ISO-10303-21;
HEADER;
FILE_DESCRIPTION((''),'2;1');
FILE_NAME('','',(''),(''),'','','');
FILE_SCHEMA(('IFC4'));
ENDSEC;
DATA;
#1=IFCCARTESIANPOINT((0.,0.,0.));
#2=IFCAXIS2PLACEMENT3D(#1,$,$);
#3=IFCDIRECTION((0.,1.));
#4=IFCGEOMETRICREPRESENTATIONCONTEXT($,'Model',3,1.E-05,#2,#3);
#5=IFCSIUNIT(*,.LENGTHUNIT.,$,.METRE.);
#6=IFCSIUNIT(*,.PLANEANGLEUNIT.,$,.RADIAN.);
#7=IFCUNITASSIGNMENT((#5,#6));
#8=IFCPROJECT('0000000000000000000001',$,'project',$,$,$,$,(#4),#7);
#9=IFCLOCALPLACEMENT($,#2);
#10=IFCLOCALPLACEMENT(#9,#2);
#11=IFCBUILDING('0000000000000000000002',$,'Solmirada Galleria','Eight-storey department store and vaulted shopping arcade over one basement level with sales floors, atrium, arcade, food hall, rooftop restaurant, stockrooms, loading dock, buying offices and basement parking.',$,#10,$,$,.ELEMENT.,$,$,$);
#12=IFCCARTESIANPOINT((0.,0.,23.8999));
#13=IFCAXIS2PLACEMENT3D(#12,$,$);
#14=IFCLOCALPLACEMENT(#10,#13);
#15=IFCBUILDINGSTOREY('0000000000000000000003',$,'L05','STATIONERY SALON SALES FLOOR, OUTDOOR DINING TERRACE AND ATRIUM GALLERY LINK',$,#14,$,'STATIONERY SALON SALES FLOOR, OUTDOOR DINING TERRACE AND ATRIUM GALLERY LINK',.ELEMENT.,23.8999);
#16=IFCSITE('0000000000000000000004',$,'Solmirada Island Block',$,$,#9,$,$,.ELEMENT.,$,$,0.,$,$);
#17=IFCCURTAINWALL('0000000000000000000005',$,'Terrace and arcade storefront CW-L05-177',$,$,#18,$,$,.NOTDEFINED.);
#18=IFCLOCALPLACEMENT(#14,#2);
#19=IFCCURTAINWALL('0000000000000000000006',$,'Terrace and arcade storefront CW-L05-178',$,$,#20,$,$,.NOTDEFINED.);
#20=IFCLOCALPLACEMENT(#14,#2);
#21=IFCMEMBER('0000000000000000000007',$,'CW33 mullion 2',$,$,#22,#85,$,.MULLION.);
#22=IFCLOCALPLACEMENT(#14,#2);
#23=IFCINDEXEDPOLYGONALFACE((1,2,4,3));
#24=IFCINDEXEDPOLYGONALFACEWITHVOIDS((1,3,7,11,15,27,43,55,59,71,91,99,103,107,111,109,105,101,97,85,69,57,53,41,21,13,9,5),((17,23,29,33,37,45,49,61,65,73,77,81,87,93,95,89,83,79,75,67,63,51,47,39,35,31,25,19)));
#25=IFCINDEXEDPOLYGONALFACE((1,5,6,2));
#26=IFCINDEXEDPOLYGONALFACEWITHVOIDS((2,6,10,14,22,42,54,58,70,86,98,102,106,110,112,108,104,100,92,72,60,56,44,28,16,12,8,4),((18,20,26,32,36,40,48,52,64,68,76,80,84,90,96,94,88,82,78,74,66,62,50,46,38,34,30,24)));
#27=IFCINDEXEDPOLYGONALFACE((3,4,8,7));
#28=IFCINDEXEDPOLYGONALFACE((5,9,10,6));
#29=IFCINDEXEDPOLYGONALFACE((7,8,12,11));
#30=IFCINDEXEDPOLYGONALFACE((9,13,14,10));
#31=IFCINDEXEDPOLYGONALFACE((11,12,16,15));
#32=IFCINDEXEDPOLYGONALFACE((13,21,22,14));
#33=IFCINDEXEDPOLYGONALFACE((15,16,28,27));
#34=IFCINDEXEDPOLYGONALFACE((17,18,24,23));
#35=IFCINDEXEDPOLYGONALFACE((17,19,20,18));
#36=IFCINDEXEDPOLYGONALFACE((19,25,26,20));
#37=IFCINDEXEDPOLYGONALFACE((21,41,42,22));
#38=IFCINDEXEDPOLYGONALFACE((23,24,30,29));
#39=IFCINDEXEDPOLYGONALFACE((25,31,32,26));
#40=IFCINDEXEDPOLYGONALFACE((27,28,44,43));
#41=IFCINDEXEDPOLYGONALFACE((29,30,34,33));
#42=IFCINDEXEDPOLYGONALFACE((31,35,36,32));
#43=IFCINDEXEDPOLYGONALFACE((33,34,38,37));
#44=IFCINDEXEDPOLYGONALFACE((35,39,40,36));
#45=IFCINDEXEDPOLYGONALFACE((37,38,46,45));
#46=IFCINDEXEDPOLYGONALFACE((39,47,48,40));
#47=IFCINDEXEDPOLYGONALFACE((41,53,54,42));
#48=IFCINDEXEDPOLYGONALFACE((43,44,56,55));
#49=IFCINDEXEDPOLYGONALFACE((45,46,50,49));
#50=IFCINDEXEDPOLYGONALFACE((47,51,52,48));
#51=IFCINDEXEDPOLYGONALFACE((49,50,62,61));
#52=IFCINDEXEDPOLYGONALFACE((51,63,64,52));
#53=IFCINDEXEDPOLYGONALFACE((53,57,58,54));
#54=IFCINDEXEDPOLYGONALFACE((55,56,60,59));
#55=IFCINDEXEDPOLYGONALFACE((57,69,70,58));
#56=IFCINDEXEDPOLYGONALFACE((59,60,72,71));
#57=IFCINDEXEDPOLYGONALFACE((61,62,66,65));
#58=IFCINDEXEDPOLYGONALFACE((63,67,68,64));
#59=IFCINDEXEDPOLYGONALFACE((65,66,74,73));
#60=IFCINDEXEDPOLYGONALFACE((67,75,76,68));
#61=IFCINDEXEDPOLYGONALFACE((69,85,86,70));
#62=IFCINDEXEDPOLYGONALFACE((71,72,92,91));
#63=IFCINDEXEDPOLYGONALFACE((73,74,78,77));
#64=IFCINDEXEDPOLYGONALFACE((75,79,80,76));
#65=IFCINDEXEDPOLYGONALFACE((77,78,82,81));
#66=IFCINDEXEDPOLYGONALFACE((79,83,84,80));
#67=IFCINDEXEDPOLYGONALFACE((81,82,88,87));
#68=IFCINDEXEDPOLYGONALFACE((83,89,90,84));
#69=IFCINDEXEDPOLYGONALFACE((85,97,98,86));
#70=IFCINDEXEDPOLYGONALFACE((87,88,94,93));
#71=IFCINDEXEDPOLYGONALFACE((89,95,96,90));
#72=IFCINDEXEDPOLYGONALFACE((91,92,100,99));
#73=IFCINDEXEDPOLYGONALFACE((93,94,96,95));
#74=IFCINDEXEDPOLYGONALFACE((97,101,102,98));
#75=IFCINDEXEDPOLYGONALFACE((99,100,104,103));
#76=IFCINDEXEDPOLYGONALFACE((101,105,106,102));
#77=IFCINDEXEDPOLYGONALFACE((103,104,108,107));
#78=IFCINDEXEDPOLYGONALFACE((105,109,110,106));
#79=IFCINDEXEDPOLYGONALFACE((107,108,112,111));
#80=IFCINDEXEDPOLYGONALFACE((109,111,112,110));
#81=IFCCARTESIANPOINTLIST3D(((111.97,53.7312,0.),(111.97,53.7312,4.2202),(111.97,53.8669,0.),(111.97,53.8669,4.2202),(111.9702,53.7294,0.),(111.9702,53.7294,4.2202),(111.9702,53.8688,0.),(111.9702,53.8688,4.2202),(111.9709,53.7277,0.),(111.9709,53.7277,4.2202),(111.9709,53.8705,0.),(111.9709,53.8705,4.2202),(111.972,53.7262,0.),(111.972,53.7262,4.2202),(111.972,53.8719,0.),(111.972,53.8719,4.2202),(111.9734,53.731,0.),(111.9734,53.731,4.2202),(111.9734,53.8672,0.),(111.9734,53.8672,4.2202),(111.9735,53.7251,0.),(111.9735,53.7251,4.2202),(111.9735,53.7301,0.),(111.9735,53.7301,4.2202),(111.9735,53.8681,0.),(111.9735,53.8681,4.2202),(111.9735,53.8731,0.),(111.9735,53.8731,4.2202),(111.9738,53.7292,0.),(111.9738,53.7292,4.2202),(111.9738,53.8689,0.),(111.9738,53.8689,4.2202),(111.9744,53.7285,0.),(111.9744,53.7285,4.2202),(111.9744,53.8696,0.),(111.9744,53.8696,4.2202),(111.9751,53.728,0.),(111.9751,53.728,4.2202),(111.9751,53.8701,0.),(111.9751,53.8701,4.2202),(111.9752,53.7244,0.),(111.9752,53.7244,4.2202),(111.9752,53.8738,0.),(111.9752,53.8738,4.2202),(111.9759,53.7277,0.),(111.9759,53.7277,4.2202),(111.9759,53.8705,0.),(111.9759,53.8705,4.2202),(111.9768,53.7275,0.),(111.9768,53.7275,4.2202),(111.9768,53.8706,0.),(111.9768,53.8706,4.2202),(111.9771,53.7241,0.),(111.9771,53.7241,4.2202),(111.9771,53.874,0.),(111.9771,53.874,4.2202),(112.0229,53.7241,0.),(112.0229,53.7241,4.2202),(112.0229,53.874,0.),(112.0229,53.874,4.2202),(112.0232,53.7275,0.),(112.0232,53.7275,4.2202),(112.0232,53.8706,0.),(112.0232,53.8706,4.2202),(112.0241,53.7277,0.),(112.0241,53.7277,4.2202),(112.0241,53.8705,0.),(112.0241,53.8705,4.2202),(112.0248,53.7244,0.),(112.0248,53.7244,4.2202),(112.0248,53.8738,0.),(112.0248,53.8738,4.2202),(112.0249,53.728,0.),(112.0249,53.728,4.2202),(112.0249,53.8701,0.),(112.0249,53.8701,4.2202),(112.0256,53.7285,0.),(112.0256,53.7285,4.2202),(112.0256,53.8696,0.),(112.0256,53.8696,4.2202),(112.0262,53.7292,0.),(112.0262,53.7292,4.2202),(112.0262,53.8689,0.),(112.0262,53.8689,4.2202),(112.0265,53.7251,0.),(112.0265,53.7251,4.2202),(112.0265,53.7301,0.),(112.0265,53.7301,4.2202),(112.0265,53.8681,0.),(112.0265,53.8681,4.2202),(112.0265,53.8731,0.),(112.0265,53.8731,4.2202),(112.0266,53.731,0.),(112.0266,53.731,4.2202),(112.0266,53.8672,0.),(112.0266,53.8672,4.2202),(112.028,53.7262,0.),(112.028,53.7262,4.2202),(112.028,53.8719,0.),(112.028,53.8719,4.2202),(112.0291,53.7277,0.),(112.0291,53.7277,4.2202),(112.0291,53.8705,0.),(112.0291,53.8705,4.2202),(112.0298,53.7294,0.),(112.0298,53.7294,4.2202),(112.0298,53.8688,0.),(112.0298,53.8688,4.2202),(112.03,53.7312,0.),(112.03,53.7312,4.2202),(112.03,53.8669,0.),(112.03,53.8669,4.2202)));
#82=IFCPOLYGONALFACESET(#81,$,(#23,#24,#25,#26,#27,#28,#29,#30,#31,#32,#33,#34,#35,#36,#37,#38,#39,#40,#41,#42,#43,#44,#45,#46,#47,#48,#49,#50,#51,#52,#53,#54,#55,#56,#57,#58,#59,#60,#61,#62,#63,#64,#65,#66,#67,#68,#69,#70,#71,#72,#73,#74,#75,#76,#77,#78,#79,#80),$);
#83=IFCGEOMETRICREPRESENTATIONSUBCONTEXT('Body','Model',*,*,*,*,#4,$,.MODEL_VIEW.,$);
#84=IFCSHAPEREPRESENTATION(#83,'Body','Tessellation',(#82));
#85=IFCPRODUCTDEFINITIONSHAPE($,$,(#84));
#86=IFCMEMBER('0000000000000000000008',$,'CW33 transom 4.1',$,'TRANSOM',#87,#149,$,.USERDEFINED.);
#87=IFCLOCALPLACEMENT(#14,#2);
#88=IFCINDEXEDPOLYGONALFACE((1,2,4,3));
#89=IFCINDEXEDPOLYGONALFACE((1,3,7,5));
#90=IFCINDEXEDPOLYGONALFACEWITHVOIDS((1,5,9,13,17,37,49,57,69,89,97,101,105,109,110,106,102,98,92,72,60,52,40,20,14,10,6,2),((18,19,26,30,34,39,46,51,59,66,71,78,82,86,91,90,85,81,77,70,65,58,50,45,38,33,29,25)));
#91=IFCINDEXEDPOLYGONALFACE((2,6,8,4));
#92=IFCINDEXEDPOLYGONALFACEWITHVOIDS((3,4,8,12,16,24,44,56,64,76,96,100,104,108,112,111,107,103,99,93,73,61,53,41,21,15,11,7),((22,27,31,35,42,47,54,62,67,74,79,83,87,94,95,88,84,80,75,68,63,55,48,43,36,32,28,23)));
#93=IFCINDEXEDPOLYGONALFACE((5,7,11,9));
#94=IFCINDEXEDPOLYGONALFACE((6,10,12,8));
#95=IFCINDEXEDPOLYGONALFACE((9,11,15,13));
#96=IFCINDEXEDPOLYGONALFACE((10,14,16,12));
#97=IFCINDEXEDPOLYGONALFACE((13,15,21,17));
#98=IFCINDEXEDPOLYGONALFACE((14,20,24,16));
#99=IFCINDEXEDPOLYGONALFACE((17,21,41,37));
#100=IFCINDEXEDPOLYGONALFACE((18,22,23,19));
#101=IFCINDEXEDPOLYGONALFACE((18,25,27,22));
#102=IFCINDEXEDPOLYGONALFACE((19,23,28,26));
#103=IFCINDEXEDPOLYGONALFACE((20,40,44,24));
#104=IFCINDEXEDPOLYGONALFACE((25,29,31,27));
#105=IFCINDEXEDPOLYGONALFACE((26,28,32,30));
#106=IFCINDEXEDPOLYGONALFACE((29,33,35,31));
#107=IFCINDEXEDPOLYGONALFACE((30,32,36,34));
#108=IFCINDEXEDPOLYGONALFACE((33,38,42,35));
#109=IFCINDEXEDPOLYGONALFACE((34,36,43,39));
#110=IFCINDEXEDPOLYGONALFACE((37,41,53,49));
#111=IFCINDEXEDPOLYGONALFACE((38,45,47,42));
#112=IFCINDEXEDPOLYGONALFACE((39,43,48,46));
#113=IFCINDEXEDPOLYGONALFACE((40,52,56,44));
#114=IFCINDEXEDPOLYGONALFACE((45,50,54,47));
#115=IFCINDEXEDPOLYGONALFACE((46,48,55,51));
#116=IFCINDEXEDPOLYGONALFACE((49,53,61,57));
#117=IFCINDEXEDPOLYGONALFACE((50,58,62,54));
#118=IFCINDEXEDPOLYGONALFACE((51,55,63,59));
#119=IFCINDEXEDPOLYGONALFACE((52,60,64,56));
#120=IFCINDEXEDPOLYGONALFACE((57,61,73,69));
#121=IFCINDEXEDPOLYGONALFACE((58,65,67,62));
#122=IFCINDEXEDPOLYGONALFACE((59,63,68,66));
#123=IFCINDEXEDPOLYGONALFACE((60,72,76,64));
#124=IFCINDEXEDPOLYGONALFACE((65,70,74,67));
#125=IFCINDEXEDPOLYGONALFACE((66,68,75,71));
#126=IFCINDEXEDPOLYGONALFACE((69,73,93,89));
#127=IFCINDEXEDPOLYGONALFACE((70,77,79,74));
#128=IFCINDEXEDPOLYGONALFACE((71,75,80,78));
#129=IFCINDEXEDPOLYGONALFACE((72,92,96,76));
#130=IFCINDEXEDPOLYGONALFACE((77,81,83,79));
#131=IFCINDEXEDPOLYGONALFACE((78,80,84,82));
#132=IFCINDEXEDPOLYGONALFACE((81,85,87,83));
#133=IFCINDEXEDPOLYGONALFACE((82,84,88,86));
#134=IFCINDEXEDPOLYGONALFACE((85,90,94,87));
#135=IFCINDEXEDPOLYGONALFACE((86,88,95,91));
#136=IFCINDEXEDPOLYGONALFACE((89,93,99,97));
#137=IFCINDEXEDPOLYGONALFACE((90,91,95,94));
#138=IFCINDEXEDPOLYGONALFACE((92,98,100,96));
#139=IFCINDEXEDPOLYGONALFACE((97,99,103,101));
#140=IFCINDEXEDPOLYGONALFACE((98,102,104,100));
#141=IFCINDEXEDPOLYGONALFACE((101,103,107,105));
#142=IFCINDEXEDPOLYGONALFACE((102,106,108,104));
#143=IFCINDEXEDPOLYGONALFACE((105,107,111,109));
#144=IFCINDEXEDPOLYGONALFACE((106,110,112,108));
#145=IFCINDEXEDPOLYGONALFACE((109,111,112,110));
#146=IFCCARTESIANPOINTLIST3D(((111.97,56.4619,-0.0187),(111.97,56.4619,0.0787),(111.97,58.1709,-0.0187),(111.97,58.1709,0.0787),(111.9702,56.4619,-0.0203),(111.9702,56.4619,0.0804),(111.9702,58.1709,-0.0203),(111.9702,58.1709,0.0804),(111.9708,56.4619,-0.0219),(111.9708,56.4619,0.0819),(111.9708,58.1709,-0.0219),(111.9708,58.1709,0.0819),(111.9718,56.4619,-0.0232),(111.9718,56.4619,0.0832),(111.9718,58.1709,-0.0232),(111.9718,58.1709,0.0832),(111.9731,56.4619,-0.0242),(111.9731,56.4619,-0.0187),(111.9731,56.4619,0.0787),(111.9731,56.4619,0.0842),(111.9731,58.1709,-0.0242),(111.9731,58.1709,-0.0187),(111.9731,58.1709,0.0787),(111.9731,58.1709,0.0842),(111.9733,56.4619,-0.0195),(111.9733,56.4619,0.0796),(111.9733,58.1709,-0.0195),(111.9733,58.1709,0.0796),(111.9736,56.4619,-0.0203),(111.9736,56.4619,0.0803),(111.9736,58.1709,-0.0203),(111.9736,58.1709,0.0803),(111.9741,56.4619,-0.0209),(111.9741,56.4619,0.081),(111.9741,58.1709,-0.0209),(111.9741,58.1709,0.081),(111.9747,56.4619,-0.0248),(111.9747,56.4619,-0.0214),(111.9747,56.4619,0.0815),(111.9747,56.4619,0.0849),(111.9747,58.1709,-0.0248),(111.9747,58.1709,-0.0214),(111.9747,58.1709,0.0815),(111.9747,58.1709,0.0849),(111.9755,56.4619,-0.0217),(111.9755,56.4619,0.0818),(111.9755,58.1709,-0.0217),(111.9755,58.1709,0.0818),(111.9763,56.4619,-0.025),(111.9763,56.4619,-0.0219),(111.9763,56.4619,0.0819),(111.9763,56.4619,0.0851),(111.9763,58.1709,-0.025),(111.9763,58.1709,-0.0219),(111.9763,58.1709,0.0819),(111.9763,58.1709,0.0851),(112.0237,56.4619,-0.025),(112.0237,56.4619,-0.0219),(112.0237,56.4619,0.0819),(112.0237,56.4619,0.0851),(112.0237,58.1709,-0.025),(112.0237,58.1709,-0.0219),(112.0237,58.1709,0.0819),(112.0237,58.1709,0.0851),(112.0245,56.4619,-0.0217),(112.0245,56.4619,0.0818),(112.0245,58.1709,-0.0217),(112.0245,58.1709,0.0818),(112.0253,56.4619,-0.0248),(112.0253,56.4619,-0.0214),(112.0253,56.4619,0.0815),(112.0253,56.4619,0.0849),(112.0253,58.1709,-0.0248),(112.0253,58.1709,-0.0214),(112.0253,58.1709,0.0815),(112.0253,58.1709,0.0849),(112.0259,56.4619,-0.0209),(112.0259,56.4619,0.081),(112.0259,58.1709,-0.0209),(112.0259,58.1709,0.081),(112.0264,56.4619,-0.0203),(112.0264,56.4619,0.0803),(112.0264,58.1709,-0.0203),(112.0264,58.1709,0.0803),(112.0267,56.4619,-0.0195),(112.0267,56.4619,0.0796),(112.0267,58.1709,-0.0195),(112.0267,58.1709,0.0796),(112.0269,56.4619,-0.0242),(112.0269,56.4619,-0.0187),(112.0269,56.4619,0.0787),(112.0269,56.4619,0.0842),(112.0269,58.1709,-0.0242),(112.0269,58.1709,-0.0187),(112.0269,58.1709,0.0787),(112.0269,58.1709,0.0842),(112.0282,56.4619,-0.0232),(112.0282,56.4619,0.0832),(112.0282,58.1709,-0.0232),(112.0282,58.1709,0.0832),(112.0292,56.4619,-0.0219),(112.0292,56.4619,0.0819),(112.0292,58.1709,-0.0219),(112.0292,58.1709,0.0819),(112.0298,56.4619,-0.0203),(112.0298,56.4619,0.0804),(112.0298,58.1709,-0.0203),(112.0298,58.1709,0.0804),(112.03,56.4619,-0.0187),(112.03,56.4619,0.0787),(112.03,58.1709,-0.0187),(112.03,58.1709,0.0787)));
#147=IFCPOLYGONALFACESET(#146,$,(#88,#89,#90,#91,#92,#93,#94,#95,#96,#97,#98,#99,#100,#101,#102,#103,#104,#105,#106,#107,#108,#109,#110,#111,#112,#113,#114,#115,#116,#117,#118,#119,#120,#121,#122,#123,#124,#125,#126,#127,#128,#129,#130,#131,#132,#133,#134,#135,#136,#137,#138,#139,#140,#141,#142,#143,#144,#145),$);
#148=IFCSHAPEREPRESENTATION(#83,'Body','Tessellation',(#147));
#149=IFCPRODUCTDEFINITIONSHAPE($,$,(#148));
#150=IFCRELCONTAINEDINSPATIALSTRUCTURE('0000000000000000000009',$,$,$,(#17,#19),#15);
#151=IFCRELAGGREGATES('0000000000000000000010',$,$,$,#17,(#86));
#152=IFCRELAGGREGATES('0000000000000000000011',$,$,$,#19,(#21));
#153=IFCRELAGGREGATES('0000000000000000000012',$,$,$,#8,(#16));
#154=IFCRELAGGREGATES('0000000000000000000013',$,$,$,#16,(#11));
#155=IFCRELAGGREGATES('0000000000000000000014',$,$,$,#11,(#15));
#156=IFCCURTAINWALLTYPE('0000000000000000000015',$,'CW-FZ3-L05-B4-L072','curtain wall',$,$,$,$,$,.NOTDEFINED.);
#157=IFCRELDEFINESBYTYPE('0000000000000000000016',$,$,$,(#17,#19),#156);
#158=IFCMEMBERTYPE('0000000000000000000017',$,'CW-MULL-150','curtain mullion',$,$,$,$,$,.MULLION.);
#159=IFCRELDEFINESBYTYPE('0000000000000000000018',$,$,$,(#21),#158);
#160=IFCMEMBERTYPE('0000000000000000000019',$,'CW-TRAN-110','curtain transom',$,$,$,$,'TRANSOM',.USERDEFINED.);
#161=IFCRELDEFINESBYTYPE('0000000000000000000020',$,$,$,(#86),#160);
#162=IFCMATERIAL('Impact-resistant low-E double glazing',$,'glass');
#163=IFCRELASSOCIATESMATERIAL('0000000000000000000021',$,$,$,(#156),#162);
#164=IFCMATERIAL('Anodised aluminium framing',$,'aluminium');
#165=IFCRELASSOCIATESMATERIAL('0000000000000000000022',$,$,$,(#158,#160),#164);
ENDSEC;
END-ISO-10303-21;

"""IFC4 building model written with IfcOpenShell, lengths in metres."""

from ifc_helpers import new_model, si_unit, direction, frame, origin, origin_2d, place, context, subcontext, project, spatial, hollow_rectangle, extrude, material, material_profile, profile_set, type_object, element, aggregate, save


model = new_model("IFC4")

# Units and contexts
model_context = context("Model", 3, precision=1e-05, world=origin(), true_north=direction((0.0, 1.0)))
body_context = subcontext(model_context, "Body", "Model", "MODEL_VIEW")
ifc_project = project(units=[si_unit("LENGTHUNIT", "METRE"), si_unit("PLANEANGLEUNIT", "RADIAN")], contexts=[model_context])

# Site, building, storey
site_placement = place(None, origin())
site = spatial("IfcSite", under=ifc_project, at=site_placement, Name="Solmirada Island Block", CompositionType="ELEMENT", RefElevation=0.0)
building_placement = place(site_placement, origin())
building = spatial("IfcBuilding", under=site, at=building_placement, Name="Solmirada Galleria", Description="Eight-storey department store and vaulted shopping arcade over one basement level with sales floors, atrium, arcade, food hall, rooftop restaurant, stockrooms, loading dock, buying offices and basement parking.", CompositionType="ELEMENT")
storey_placement = place(building_placement, frame((0.0, 0.0, 23.8999)))
storey = spatial("IfcBuildingStorey", under=building, at=storey_placement, Name="L05", Description="STATIONERY SALON SALES FLOOR, OUTDOOR DINING TERRACE AND ATRIUM GALLERY LINK", LongName="STATIONERY SALON SALES FLOOR, OUTDOOR DINING TERRACE AND ATRIUM GALLERY LINK", CompositionType="ELEMENT", Elevation=23.8999)

# Curtain walls, member
ifc_material_1 = material(Name="Impact-resistant low-E double glazing", Category="glass")
curtain_wall_type = type_object("IfcCurtainWallType", Name="CW-FZ3-L05-B4-L072", Description="curtain wall", PredefinedType="NOTDEFINED", material=ifc_material_1)
curtain_wall_1_placement = place(storey_placement, origin())
curtain_wall_1 = element("IfcCurtainWall", 1, at=curtain_wall_1_placement, inside=storey, type_object=curtain_wall_type, Name="Terrace and arcade storefront CW-L05-177", PredefinedType="NOTDEFINED")
ifc_material_2 = material(Name="Anodised aluminium framing", Category="aluminium")
ifc_material_profile_1 = material_profile(ifc_material_2, hollow_rectangle(XDim=0.0601, YDim=0.1499, WallThickness=0.0034, InnerFilletRadius=0.0034, OuterFilletRadius=0.0071, at=origin_2d()), Name="ALU-MULL-150X60")
ifc_profile_set_1 = profile_set([ifc_material_profile_1], Name="Anodised aluminium framing")
member_type_1 = type_object("IfcMemberType", Name="CW-MULL-150", Description="curtain mullion", PredefinedType="MULLION", material=ifc_profile_set_1)
curtain_wall_2_placement = place(storey_placement, origin())
curtain_wall_2 = element("IfcCurtainWall", 2, at=curtain_wall_2_placement, inside=storey, type_object=curtain_wall_type, Name="Terrace and arcade storefront CW-L05-178", PredefinedType="NOTDEFINED")
member_1_placement = place(storey_placement, frame((112.0, 53.7991, 0.0), z_axis=(0.0, 0.0, 1.0), x_axis=(1.0, 0.0, 0.0)))
member_1 = element("IfcMember", 3, at=member_1_placement, type_object=member_type_1, Name="CW33 mullion 2", PredefinedType="MULLION", context=body_context, shape_type="SweptSolid", body=[
    extrude(hollow_rectangle(XDim=0.0601, YDim=0.1499, WallThickness=0.0034, InnerFilletRadius=0.0034, OuterFilletRadius=0.0071, at=origin_2d()), origin(), (0.0, 0.0, 1.0), 4.2202),
])

# Member
ifc_material_profile_2 = material_profile(ifc_material_2, hollow_rectangle(XDim=0.0601, YDim=0.1101, WallThickness=0.0032, InnerFilletRadius=0.0032, OuterFilletRadius=0.0063, at=origin_2d()), Name="ALU-TRAN-110X60")
ifc_profile_set_2 = profile_set([ifc_material_profile_2], Name="Anodised aluminium framing")
member_type_2 = type_object("IfcMemberType", Name="CW-TRAN-110", Description="curtain transom", ElementType="TRANSOM", PredefinedType="USERDEFINED", material=ifc_profile_set_2)
member_2_placement = place(storey_placement, frame((112.0, 58.1709, 0.03), z_axis=(0.0, -1.0, 0.0), x_axis=(1.0, 0.0, 0.0)))
member_2 = element("IfcMember", 4, at=member_2_placement, type_object=member_type_2, Name="CW33 transom 4.1", ObjectType="TRANSOM", PredefinedType="USERDEFINED", context=body_context, shape_type="SweptSolid", body=[
    extrude(hollow_rectangle(XDim=0.0601, YDim=0.1101, WallThickness=0.0032, InnerFilletRadius=0.0032, OuterFilletRadius=0.0063, at=origin_2d()), origin(), (0.0, 0.0, 1.0), 1.709),
])

aggregate(curtain_wall_1, [member_2])
aggregate(curtain_wall_2, [member_1])

save(model, "model.ifc")
